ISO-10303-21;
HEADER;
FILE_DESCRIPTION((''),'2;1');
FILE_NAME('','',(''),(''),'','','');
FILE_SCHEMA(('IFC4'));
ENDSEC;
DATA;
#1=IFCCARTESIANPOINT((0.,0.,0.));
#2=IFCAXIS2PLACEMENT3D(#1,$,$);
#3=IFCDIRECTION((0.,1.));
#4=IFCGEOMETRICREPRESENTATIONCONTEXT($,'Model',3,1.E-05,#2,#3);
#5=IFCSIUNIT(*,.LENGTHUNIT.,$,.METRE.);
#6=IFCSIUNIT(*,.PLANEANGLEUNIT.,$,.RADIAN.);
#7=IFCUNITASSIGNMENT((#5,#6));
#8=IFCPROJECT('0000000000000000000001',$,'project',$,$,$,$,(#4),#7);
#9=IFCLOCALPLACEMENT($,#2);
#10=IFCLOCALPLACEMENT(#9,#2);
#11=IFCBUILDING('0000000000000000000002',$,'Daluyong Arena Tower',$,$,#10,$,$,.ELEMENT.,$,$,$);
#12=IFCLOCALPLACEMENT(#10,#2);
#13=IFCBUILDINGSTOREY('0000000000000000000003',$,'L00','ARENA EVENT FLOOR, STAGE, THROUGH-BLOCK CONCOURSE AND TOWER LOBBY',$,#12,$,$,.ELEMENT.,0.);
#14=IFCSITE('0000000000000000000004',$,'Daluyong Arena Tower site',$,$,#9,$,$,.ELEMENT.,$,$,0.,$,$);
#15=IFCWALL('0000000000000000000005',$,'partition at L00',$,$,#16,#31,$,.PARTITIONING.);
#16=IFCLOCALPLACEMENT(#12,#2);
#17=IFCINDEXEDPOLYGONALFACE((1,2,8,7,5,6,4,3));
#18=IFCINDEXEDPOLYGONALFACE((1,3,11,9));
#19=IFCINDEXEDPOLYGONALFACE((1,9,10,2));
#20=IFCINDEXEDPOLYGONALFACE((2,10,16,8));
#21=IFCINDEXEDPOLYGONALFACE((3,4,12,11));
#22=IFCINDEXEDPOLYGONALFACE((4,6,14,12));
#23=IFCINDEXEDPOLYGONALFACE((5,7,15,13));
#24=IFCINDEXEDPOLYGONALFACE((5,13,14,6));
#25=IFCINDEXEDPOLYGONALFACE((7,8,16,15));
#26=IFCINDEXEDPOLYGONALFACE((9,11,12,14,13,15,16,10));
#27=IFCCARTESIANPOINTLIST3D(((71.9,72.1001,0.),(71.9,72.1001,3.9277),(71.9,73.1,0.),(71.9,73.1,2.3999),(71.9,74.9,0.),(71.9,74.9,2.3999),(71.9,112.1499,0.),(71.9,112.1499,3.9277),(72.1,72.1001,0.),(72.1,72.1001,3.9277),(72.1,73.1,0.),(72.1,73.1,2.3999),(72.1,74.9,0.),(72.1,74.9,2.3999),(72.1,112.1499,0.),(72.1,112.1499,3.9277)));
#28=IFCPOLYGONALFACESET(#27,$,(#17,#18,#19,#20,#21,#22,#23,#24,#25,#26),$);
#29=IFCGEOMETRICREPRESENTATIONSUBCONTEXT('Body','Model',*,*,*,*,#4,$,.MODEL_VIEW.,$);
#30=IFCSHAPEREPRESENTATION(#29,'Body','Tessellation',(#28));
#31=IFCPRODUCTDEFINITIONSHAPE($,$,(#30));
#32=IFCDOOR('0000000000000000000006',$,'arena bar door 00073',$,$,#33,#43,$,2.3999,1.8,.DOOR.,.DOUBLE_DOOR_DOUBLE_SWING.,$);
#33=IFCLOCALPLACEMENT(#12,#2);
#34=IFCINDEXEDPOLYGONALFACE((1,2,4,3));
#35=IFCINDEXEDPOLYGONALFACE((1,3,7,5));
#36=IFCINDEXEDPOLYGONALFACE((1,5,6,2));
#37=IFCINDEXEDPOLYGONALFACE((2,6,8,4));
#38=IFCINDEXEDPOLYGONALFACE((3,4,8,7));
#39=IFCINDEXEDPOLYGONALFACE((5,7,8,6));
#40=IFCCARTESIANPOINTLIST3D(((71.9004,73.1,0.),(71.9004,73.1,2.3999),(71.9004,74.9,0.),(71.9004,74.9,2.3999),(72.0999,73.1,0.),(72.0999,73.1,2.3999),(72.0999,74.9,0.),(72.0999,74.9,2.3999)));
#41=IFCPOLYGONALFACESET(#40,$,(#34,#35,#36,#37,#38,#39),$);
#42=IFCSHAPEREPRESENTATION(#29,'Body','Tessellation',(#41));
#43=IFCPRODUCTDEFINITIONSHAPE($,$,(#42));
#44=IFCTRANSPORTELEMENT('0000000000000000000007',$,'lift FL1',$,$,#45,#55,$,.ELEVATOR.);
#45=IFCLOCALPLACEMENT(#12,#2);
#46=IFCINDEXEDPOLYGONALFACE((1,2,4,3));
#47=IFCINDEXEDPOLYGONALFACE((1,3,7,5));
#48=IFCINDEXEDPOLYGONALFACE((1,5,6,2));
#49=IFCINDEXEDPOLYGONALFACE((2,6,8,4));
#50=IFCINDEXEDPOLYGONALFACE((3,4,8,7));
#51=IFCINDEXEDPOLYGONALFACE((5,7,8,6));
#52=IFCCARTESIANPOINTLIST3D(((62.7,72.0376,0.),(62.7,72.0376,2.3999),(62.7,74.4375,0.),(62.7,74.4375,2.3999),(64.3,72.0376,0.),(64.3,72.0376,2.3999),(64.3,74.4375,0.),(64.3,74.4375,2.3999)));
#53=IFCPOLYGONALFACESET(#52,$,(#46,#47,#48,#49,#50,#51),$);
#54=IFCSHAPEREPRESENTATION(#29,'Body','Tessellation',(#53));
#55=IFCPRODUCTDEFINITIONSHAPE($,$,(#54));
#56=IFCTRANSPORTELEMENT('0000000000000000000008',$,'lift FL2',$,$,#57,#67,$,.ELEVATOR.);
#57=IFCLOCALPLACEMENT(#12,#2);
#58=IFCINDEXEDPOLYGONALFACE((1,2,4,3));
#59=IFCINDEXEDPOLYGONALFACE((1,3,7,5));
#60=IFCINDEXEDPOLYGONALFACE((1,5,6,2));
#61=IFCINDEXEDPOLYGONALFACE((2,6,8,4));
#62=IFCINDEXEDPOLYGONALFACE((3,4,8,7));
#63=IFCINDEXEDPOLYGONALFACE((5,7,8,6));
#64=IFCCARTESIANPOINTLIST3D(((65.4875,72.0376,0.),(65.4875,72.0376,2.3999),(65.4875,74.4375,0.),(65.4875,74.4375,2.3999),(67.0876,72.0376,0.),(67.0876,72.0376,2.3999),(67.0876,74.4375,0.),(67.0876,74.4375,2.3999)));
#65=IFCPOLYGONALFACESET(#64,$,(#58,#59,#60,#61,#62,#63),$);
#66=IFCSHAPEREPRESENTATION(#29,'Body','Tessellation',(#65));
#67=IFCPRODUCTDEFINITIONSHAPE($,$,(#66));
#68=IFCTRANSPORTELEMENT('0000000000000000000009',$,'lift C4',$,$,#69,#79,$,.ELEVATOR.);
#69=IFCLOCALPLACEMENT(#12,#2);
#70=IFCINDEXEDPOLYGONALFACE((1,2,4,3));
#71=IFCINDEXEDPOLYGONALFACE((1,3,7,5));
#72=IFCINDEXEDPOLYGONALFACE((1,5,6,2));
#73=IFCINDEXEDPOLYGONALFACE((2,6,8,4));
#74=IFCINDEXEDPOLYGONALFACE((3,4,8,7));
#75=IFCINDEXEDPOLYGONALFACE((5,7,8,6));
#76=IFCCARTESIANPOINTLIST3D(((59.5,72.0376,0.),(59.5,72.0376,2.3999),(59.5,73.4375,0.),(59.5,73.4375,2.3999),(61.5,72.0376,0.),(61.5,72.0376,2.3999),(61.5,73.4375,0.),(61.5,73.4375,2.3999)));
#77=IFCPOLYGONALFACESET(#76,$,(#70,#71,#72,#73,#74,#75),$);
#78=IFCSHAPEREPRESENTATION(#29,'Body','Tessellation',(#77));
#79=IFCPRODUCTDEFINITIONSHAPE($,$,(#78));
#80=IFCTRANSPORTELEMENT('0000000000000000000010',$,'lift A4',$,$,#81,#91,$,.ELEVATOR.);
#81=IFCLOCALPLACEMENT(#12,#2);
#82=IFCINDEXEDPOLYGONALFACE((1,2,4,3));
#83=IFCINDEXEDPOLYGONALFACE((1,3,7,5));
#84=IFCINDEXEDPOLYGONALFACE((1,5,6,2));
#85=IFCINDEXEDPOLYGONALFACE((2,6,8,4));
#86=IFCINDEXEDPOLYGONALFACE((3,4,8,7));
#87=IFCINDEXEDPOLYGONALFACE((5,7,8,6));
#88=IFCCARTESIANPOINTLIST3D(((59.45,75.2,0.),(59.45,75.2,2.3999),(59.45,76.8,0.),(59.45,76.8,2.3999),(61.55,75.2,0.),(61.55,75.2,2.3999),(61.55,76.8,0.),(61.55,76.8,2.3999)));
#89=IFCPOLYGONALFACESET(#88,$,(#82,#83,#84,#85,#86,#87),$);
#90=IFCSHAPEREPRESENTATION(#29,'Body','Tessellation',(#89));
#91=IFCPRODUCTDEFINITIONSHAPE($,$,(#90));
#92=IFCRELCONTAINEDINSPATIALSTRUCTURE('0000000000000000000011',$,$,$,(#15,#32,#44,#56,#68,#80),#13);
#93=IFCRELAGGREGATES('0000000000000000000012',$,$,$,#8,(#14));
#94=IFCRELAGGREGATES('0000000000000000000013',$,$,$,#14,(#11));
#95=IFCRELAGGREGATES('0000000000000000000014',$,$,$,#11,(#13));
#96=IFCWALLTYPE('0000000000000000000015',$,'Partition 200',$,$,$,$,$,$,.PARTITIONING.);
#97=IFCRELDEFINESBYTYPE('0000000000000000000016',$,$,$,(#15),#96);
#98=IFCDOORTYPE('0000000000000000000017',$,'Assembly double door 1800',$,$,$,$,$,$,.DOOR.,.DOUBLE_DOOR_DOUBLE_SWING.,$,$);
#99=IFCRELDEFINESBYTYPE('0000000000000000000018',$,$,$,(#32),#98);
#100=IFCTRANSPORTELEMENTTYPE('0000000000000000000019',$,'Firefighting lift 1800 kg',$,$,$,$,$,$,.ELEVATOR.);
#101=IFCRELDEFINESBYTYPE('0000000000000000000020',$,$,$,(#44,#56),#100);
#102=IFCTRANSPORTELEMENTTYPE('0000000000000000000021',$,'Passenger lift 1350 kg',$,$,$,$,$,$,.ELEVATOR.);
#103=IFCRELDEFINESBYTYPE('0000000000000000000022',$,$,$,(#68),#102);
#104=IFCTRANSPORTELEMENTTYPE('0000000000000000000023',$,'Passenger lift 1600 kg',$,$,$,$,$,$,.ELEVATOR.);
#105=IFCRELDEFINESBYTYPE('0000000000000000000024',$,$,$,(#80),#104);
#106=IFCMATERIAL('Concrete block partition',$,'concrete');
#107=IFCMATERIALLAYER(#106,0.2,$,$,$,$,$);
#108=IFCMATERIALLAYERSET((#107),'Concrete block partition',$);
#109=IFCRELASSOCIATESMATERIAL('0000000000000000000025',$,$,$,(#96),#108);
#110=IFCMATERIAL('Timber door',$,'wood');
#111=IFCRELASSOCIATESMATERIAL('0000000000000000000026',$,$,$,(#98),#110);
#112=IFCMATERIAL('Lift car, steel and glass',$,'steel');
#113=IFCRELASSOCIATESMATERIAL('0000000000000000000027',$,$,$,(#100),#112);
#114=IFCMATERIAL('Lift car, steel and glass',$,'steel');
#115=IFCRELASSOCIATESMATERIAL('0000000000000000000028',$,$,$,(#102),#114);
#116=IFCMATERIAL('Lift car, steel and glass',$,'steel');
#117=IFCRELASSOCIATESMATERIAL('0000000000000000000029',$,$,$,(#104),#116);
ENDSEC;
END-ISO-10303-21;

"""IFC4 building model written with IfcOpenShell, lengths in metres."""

from ifc_helpers import new_model, si_unit, direction, frame, frame_2d, origin, origin_2d, place, context, subcontext, project, spatial, rectangle, extrude, material, layer, layer_set, type_object, element, fill, save


model = new_model("IFC4")

# Units and contexts
model_context = context("Model", 3, precision=1e-05, world=origin(), true_north=direction((0.0, 1.0)))
body_context = subcontext(model_context, "Body", "Model", "MODEL_VIEW")
ifc_project = project(units=[si_unit("LENGTHUNIT", "METRE"), si_unit("PLANEANGLEUNIT", "RADIAN")], contexts=[model_context])

# Site, building, storey
site_placement = place(None, origin())
site = spatial("IfcSite", under=ifc_project, at=site_placement, Name="Daluyong Arena Tower site", CompositionType="ELEMENT", RefElevation=0.0)
building_placement = place(site_placement, origin())
building = spatial("IfcBuilding", under=site, at=building_placement, Name="Daluyong Arena Tower", CompositionType="ELEMENT")
storey_placement = place(building_placement, origin())
storey = spatial("IfcBuildingStorey", under=building, at=storey_placement, Name="L00", Description="ARENA EVENT FLOOR, STAGE, THROUGH-BLOCK CONCOURSE AND TOWER LOBBY", CompositionType="ELEMENT", Elevation=0.0)

# Shared definitions
ifc_material_1 = material(Name="Concrete block partition", Category="concrete")
ifc_layer_1 = layer(ifc_material_1, 0.2)
ifc_layer_set_1 = layer_set([ifc_layer_1], Name="Concrete block partition")
wall_type_1 = type_object("IfcWallType", Name="Partition 200", PredefinedType="PARTITIONING", material=ifc_layer_set_1)

# Wall, opening, door
wall_1_placement = place(storey_placement, frame((72.0, 72.1001, 0.0), z_axis=(0.0, 0.0, 1.0), x_axis=(0.0, 1.0, 0.0)))
wall_1 = element("IfcWall", 1, at=wall_1_placement, inside=storey, type_object=wall_type_1, Name="partition at L00", PredefinedType="PARTITIONING", context=body_context, shape_type="SweptSolid", body=[
    extrude(rectangle(XDim=40.0498, YDim=0.2, at=frame_2d((20.0249, 0.0))), origin(), (0.0, 0.0, 1.0), 3.9277),
])
opening_1_placement = place(wall_1_placement, frame((1.0, 0.0, 0.0)))
opening_1 = element("IfcOpeningElement", 2, at=opening_1_placement, cuts=wall_1, PredefinedType="OPENING", context=body_context, shape_type="SweptSolid", body=[
    extrude(rectangle(XDim=1.8, YDim=2.3999, at=frame_2d((0.8999, 1.2))), frame((0.0, 0.1099, 0.0), z_axis=(0.0, -1.0, 0.0), x_axis=(1.0, 0.0, 0.0)), (0.0, 0.0, 1.0), 0.22),
])
ifc_material_2 = material(Name="Timber door", Category="wood")
door_type_1 = type_object("IfcDoorType", Name="Assembly double door 1800", OperationType="DOUBLE_DOOR_DOUBLE_SWING", PredefinedType="DOOR", material=ifc_material_2)
door_1_placement = place(opening_1_placement, origin())
door_1 = element("IfcDoor", 3, at=door_1_placement, inside=storey, type_object=door_type_1, Name="arena bar door 00073", OperationType="DOUBLE_DOOR_DOUBLE_SWING", OverallHeight=2.3999, OverallWidth=1.8, PredefinedType="DOOR", context=body_context, shape_type="SweptSolid", body=[
    extrude(rectangle(XDim=1.8, YDim=2.3999, at=frame_2d((0.8999, 1.2))), frame((0.0, 0.0996, 0.0), z_axis=(0.0, -1.0, 0.0), x_axis=(1.0, 0.0, 0.0)), (0.0, 0.0, 1.0), 0.1995),
])
fill(opening_1, door_1)

# Transport elements
ifc_material_3 = material(Name="Lift car, steel and glass", Category="steel")
transport_element_type_1 = type_object("IfcTransportElementType", Name="Firefighting lift 1800 kg", PredefinedType="ELEVATOR", material=ifc_material_3)
for number, where, z_axis, x_axis, name in (
    (4, (63.5, 73.2375, 0.0), (0.0, 0.0, 1.0), (1.0, 0.0, 0.0), "lift FL1"),
    (5, (66.2876, 73.2375, 0.0), (0.0, 0.0, 1.0), (1.0, 0.0, 0.0), "lift FL2"),
):
    element("IfcTransportElement", number, at=place(storey_placement, frame(where, z_axis=z_axis, x_axis=x_axis)), inside=storey, type_object=transport_element_type_1, Name=name, PredefinedType="ELEVATOR", context=body_context, shape_type="SweptSolid", body=[
        extrude(rectangle(XDim=1.6001, YDim=2.3999, at=origin_2d()), origin(), (0.0, 0.0, 1.0), 2.3999),
    ])
ifc_material_4 = material(Name="Lift car, steel and glass", Category="steel")
transport_element_type_2 = type_object("IfcTransportElementType", Name="Passenger lift 1350 kg", PredefinedType="ELEVATOR", material=ifc_material_4)
transport_element_1_placement = place(storey_placement, frame((60.5, 72.7375, 0.0), z_axis=(0.0, 0.0, 1.0), x_axis=(1.0, 0.0, 0.0)))
element("IfcTransportElement", 6, at=transport_element_1_placement, inside=storey, type_object=transport_element_type_2, Name="lift C4", PredefinedType="ELEVATOR", context=body_context, shape_type="SweptSolid", body=[
    extrude(rectangle(XDim=2.0, YDim=1.3999, at=origin_2d()), origin(), (0.0, 0.0, 1.0), 2.3999),
])
ifc_material_5 = material(Name="Lift car, steel and glass", Category="steel")
transport_element_type_3 = type_object("IfcTransportElementType", Name="Passenger lift 1600 kg", PredefinedType="ELEVATOR", material=ifc_material_5)
transport_element_2_placement = place(storey_placement, frame((60.5, 76.0, 0.0), z_axis=(0.0, 0.0, 1.0), x_axis=(1.0, 0.0, 0.0)))
element("IfcTransportElement", 7, at=transport_element_2_placement, inside=storey, type_object=transport_element_type_3, Name="lift A4", PredefinedType="ELEVATOR", context=body_context, shape_type="SweptSolid", body=[
    extrude(rectangle(XDim=2.1001, YDim=1.6001, at=origin_2d()), origin(), (0.0, 0.0, 1.0), 2.3999),
])

save(model, "model.ifc")
